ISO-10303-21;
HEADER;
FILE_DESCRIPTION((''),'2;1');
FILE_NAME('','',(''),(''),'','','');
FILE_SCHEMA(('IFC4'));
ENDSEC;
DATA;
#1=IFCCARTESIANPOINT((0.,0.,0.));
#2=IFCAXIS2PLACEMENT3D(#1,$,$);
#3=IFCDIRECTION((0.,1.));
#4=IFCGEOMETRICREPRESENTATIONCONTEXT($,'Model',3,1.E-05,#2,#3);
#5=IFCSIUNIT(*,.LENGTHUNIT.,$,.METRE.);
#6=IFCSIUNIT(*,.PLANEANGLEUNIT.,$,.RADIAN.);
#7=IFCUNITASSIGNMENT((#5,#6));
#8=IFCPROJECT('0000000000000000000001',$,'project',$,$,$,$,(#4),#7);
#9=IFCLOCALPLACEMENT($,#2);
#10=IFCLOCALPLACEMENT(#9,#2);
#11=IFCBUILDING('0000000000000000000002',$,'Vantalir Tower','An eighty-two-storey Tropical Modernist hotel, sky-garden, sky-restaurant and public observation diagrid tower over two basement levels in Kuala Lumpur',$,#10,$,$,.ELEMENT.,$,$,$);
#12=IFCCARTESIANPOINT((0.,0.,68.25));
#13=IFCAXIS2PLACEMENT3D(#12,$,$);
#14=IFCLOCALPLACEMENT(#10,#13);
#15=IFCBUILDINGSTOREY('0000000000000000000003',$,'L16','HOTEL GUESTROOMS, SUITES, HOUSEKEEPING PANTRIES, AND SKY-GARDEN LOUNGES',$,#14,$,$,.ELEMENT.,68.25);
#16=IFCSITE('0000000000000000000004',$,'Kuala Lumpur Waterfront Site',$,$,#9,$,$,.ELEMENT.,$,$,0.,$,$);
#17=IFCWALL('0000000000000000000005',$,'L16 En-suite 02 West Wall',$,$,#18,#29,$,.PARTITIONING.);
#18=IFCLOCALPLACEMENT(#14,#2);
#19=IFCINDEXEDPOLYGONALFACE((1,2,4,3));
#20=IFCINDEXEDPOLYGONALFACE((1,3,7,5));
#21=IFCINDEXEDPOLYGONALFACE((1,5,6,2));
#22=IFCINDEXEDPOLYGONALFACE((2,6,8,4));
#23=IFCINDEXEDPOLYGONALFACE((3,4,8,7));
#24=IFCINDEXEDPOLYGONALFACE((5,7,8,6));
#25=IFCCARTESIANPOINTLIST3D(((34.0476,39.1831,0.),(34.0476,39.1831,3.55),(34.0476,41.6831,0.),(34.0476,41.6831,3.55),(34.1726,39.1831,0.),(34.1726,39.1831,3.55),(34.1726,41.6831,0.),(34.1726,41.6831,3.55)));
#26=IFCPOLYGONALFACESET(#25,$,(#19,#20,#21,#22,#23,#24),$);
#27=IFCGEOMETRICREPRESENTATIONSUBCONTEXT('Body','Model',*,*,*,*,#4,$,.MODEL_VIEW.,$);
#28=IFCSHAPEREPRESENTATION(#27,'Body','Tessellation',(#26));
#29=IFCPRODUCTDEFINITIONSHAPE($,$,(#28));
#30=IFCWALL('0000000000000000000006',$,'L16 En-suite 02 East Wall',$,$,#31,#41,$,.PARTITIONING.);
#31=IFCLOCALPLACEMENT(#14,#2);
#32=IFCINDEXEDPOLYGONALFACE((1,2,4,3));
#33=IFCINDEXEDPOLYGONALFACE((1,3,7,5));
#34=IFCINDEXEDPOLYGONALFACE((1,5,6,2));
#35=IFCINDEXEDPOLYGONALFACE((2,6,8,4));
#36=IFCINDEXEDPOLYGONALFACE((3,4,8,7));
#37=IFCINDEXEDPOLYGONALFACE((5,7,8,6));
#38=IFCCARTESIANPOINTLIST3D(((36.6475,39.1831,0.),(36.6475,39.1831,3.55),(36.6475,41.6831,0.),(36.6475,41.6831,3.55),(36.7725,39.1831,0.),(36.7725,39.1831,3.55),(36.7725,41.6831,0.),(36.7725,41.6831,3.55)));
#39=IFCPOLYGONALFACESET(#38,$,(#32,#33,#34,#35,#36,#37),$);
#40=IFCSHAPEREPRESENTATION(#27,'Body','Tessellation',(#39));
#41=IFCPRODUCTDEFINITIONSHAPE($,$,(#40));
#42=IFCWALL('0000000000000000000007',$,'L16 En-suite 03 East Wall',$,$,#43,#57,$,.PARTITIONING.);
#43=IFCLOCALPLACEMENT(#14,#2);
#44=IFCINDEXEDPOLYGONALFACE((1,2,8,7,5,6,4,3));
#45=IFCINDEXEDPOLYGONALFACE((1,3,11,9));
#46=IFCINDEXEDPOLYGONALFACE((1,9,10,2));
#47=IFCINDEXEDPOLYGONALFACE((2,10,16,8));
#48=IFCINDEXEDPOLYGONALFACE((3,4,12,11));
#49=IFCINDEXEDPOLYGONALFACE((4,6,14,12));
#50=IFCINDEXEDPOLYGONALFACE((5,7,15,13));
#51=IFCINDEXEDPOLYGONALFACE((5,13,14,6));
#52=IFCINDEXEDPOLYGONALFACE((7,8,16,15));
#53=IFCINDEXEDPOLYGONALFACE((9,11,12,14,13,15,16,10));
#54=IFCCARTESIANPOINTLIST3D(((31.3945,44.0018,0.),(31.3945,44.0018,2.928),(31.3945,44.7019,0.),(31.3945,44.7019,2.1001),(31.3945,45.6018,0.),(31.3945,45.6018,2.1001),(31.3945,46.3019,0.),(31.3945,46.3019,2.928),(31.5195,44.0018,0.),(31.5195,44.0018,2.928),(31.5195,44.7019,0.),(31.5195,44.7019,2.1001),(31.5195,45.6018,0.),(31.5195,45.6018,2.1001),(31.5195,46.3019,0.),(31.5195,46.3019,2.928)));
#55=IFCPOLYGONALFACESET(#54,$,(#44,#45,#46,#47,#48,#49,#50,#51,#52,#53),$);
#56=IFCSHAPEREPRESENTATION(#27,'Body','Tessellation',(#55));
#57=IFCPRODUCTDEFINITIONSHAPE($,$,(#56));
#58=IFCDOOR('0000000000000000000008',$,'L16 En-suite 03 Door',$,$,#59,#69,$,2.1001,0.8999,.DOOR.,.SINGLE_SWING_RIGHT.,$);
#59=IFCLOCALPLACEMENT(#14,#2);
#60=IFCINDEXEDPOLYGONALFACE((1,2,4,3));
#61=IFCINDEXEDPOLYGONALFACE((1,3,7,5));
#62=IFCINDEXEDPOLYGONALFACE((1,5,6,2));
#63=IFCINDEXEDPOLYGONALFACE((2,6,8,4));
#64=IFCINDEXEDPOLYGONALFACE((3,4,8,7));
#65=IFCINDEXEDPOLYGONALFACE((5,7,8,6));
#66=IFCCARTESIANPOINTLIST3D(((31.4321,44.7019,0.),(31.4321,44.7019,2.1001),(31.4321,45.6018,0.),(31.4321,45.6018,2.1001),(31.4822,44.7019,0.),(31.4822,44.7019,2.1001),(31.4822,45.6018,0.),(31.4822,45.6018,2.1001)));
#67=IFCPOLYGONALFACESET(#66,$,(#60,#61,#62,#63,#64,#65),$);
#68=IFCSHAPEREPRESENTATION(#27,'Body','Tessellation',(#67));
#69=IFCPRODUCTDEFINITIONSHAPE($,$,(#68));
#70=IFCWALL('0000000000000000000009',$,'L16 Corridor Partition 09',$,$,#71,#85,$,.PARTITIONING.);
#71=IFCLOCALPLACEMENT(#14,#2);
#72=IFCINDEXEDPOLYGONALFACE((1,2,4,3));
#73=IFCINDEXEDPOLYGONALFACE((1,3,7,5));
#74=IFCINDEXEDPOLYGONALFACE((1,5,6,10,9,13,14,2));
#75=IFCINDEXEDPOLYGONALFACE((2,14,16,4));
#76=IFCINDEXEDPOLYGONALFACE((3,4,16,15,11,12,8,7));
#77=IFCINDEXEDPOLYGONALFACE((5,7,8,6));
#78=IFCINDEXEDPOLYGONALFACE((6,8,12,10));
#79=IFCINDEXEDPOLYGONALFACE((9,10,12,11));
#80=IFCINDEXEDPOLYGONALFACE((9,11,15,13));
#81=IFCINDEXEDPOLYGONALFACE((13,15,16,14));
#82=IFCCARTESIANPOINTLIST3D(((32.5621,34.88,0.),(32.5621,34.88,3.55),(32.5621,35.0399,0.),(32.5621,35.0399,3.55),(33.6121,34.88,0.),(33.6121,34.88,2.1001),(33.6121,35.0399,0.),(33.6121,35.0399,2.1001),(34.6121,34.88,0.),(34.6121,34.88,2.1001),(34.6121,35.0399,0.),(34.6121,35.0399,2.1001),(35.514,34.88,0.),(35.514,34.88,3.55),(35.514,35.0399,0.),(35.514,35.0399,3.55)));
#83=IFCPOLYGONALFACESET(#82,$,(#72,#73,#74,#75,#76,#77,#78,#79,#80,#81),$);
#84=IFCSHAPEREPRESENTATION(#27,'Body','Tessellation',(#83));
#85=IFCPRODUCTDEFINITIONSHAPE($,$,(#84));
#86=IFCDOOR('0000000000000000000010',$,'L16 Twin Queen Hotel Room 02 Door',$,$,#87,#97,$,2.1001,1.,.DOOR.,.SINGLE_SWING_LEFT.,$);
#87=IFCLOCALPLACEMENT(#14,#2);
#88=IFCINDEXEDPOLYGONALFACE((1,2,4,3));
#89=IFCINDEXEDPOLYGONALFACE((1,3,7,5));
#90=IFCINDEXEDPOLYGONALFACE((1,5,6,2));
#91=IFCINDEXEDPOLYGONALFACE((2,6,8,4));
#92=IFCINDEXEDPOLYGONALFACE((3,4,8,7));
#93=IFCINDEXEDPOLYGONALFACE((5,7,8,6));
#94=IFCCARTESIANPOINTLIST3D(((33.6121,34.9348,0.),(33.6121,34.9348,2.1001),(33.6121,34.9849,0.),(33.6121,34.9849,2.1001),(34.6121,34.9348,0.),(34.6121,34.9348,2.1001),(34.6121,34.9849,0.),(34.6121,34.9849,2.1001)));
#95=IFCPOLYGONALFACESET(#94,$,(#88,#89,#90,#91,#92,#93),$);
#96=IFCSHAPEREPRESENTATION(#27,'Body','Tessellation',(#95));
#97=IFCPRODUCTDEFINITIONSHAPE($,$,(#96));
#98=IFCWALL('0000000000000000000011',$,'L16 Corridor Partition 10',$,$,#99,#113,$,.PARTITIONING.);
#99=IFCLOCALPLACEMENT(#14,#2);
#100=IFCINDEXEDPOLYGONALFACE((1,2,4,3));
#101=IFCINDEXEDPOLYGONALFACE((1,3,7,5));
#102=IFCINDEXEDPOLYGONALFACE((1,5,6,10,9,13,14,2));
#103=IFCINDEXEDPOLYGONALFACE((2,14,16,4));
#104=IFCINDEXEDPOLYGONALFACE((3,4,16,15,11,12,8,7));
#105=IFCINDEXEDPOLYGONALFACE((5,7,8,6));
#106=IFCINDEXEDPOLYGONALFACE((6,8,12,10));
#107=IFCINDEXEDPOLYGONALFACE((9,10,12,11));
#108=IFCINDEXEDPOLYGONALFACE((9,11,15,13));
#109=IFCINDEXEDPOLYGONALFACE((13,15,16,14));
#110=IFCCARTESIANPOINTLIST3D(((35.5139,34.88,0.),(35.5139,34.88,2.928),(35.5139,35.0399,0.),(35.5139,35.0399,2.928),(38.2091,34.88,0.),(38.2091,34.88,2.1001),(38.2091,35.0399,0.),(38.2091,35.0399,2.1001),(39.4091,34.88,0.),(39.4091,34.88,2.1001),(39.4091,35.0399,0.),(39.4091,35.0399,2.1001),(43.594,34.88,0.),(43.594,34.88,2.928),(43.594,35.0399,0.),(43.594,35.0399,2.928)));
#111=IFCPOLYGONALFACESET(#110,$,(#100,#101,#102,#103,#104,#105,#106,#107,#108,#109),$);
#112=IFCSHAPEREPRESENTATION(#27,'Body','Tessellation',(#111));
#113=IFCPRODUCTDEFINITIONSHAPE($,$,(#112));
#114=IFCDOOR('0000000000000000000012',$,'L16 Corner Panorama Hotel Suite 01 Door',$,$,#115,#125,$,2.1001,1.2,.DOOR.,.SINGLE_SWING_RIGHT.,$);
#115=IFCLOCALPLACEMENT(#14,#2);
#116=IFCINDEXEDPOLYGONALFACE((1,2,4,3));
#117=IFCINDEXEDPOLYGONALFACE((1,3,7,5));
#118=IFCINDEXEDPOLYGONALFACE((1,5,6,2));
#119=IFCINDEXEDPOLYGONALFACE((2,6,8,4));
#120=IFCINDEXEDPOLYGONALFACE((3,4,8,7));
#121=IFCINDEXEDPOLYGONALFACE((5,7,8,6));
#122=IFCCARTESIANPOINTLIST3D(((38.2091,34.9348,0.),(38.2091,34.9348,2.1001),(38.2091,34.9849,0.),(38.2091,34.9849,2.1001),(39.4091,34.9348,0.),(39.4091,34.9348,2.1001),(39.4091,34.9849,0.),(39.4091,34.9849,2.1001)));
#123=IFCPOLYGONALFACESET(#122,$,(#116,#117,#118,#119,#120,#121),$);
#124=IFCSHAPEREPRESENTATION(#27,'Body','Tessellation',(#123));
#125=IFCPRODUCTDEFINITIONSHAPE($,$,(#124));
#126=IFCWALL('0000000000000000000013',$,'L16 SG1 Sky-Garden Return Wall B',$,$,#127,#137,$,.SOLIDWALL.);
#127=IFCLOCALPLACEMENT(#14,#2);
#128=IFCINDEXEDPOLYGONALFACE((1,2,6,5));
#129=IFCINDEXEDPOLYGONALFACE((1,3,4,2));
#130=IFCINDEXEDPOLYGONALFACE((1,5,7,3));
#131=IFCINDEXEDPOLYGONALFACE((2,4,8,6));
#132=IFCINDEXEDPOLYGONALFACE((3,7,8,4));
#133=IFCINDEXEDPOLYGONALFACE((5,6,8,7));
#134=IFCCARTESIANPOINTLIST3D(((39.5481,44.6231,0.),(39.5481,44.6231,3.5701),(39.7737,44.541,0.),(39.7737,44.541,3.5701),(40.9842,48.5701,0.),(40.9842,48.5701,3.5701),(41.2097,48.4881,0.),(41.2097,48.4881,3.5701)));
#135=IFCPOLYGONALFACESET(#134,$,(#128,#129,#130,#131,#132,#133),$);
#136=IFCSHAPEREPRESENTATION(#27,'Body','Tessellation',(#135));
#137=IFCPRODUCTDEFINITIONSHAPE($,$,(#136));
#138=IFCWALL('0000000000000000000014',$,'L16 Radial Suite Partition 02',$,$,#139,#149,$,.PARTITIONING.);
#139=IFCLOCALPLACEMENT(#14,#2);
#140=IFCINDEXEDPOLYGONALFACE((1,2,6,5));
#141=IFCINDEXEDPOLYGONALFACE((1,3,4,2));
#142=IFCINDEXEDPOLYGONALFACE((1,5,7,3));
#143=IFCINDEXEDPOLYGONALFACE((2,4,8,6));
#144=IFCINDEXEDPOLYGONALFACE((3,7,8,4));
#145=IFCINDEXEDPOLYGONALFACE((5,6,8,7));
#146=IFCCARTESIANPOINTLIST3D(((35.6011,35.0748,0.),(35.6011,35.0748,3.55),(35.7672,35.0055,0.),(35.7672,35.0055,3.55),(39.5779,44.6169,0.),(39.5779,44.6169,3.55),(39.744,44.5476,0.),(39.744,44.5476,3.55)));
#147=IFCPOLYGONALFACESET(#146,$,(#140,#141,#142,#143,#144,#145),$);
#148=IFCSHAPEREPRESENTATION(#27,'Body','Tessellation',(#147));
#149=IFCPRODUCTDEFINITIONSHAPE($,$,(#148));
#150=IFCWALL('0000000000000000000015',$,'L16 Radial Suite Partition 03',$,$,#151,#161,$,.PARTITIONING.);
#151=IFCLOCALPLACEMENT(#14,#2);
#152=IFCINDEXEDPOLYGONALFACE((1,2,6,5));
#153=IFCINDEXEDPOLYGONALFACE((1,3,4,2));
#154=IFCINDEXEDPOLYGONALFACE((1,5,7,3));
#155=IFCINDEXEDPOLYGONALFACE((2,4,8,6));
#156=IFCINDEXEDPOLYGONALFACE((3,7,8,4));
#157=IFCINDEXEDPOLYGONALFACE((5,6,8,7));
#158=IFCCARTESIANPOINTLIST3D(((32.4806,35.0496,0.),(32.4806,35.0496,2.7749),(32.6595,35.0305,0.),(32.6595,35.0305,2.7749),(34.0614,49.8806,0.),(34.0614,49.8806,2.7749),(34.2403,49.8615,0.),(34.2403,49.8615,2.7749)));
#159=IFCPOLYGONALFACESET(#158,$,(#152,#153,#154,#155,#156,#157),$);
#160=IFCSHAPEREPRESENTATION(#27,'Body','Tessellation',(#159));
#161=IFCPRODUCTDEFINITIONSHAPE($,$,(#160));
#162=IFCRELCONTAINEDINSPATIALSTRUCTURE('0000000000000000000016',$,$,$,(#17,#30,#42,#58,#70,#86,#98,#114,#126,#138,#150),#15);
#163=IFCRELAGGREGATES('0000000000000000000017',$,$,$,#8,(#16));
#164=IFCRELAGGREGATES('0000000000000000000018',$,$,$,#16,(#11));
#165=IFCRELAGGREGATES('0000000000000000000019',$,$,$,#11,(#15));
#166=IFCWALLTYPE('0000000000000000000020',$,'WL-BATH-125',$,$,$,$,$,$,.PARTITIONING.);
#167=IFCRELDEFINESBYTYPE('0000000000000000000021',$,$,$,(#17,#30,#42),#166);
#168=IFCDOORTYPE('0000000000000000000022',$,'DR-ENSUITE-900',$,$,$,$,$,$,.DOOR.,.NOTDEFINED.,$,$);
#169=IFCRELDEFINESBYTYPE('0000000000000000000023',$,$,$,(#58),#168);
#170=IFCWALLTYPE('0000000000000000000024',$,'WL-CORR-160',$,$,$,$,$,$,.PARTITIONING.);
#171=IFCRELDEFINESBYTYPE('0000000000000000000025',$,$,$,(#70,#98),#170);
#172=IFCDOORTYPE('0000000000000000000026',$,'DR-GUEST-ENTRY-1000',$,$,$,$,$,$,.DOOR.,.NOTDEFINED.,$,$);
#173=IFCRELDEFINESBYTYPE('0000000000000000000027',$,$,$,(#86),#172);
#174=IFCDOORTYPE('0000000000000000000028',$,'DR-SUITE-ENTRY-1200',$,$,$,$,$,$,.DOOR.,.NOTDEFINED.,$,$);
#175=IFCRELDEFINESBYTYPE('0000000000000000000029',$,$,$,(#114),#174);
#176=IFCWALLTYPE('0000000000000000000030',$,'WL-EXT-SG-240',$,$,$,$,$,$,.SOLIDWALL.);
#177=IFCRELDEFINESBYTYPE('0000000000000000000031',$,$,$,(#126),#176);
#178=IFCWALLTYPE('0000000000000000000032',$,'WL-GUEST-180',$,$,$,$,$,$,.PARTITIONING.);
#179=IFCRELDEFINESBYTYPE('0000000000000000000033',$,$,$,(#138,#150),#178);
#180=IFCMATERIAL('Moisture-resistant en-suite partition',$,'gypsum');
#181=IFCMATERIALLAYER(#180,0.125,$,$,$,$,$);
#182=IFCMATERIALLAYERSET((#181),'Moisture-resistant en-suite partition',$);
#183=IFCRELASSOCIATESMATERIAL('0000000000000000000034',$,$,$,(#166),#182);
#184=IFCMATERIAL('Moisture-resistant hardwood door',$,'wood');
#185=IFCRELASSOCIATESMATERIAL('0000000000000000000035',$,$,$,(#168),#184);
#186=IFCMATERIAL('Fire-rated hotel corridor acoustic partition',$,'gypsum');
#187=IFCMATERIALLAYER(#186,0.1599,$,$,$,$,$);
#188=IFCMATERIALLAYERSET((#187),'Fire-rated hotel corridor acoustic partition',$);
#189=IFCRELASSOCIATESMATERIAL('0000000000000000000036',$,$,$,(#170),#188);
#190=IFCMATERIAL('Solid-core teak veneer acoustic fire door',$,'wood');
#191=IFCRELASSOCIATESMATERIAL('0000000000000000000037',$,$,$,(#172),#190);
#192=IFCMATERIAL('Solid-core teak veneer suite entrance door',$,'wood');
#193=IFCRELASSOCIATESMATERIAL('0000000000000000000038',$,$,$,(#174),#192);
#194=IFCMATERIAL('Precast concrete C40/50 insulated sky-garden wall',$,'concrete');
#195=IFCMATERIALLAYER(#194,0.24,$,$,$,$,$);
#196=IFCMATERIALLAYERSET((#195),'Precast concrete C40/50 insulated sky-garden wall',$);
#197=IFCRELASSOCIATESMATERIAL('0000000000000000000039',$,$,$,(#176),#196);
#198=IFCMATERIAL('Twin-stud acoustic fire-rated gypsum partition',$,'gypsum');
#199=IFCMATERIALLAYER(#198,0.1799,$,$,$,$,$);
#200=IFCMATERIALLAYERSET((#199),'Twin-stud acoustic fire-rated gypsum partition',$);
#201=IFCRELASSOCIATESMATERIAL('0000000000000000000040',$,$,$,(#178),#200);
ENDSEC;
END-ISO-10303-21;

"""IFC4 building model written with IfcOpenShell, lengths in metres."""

from ifc_helpers import new_model, si_unit, direction, frame, frame_2d, origin, place, context, subcontext, project, spatial, rectangle, extrude, material, layer, layer_set, type_object, element, fill, save


model = new_model("IFC4")

# Units and contexts
model_context = context("Model", 3, precision=1e-05, world=origin(), true_north=direction((0.0, 1.0)))
body_context = subcontext(model_context, "Body", "Model", "MODEL_VIEW")
ifc_project = project(units=[si_unit("LENGTHUNIT", "METRE"), si_unit("PLANEANGLEUNIT", "RADIAN")], contexts=[model_context])

# Site, building, storey
site_placement = place(None, origin())
site = spatial("IfcSite", under=ifc_project, at=site_placement, Name="Kuala Lumpur Waterfront Site", CompositionType="ELEMENT", RefElevation=0.0)
building_placement = place(site_placement, origin())
building = spatial("IfcBuilding", under=site, at=building_placement, Name="Vantalir Tower", Description="An eighty-two-storey Tropical Modernist hotel, sky-garden, sky-restaurant and public observation diagrid tower over two basement levels in Kuala Lumpur", CompositionType="ELEMENT")
storey_placement = place(building_placement, frame((0.0, 0.0, 68.25)))
storey = spatial("IfcBuildingStorey", under=building, at=storey_placement, Name="L16", Description="HOTEL GUESTROOMS, SUITES, HOUSEKEEPING PANTRIES, AND SKY-GARDEN LOUNGES", CompositionType="ELEMENT", Elevation=68.25)

# Shared definitions
ifc_material_1 = material(Name="Moisture-resistant en-suite partition", Category="gypsum")
ifc_layer_1 = layer(ifc_material_1, 0.125)
ifc_layer_set_1 = layer_set([ifc_layer_1], Name="Moisture-resistant en-suite partition")
wall_type_1 = type_object("IfcWallType", Name="WL-BATH-125", PredefinedType="PARTITIONING", material=ifc_layer_set_1)
ifc_material_2 = material(Name="Moisture-resistant hardwood door", Category="wood")
door_type_1 = type_object("IfcDoorType", Name="DR-ENSUITE-900", OperationType="NOTDEFINED", PredefinedType="DOOR", material=ifc_material_2)

# Walls
for number, where, z_axis, x_axis, name in (
    (1, (34.1101, 39.1831, 0.0), (0.0, 0.0, 1.0), (0.0, 1.0, 0.0), "L16 En-suite 02 West Wall"),
    (2, (36.71, 39.1831, 0.0), (0.0, 0.0, 1.0), (0.0, 1.0, 0.0), "L16 En-suite 02 East Wall"),
):
    element("IfcWall", number, at=place(storey_placement, frame(where, z_axis=z_axis, x_axis=x_axis)), inside=storey, type_object=wall_type_1, Name=name, PredefinedType="PARTITIONING", context=body_context, shape_type="SweptSolid", body=[
        extrude(rectangle(XDim=2.5, YDim=0.125, at=frame_2d((1.25, 0.0))), origin(), (0.0, 0.0, 1.0), 3.55),
    ])

# Walls, openings, doors
wall_1_placement = place(storey_placement, frame((31.457, 44.002, 0.0), z_axis=(0.0, 0.0, 1.0), x_axis=(0.0, 1.0, 0.0)))
wall_1 = element("IfcWall", 3, at=wall_1_placement, inside=storey, type_object=wall_type_1, Name="L16 En-suite 03 East Wall", PredefinedType="PARTITIONING", context=body_context, shape_type="SweptSolid", body=[
    extrude(rectangle(XDim=2.3, YDim=0.125, at=frame_2d((1.1499, 0.0))), origin(), (0.0, 0.0, 1.0), 2.928),
])
opening_1_placement = place(wall_1_placement, frame((0.7, 0.0, 0.0)))
opening_1 = element("IfcOpeningElement", 4, at=opening_1_placement, cuts=wall_1, PredefinedType="OPENING", context=body_context, shape_type="SweptSolid", body=[
    extrude(rectangle(XDim=0.8999, YDim=2.1001, at=frame_2d((0.45, 1.05))), frame((0.0, 0.0725, 0.0), z_axis=(0.0, -1.0, 0.0), x_axis=(1.0, 0.0, 0.0)), (0.0, 0.0, 1.0), 0.145),
])
door_1_placement = place(opening_1_placement, origin())
door_1 = element("IfcDoor", 5, at=door_1_placement, inside=storey, type_object=door_type_1, Name="L16 En-suite 03 Door", OperationType="SINGLE_SWING_RIGHT", OverallHeight=2.1001, OverallWidth=0.8999, PredefinedType="DOOR", context=body_context, shape_type="SweptSolid", body=[
    extrude(rectangle(XDim=0.8999, YDim=2.1001, at=frame_2d((0.45, 1.05))), frame((0.0, 0.0249, 0.0), z_axis=(0.0, -1.0, 0.0), x_axis=(1.0, 0.0, 0.0)), (0.0, 0.0, 1.0), 0.05),
])
fill(opening_1, door_1)
ifc_material_3 = material(Name="Fire-rated hotel corridor acoustic partition", Category="gypsum")
ifc_layer_2 = layer(ifc_material_3, 0.1599)
ifc_layer_set_2 = layer_set([ifc_layer_2], Name="Fire-rated hotel corridor acoustic partition")
wall_type_2 = type_object("IfcWallType", Name="WL-CORR-160", PredefinedType="PARTITIONING", material=ifc_layer_set_2)
wall_2_placement = place(storey_placement, frame((32.562, 34.96, 0.0), z_axis=(0.0, 0.0, 1.0), x_axis=(1.0, 0.0, 0.0)))
wall_2 = element("IfcWall", 6, at=wall_2_placement, inside=storey, type_object=wall_type_2, Name="L16 Corridor Partition 09", PredefinedType="PARTITIONING", context=body_context, shape_type="SweptSolid", body=[
    extrude(rectangle(XDim=2.9519, YDim=0.1599, at=frame_2d((1.4761, 0.0))), origin(), (0.0, 0.0, 1.0), 3.55),
])
opening_2_placement = place(wall_2_placement, frame((1.05, 0.0, 0.0)))
opening_2 = element("IfcOpeningElement", 7, at=opening_2_placement, cuts=wall_2, PredefinedType="OPENING", context=body_context, shape_type="SweptSolid", body=[
    extrude(rectangle(XDim=1.0, YDim=2.1001, at=frame_2d((0.5, 1.05))), frame((0.0, 0.0898, 0.0), z_axis=(0.0, -1.0, 0.0), x_axis=(1.0, 0.0, 0.0)), (0.0, 0.0, 1.0), 0.1799),
])
ifc_material_4 = material(Name="Solid-core teak veneer acoustic fire door", Category="wood")
door_type_2 = type_object("IfcDoorType", Name="DR-GUEST-ENTRY-1000", OperationType="NOTDEFINED", PredefinedType="DOOR", material=ifc_material_4)
door_2_placement = place(opening_2_placement, origin())
door_2 = element("IfcDoor", 8, at=door_2_placement, inside=storey, type_object=door_type_2, Name="L16 Twin Queen Hotel Room 02 Door", OperationType="SINGLE_SWING_LEFT", OverallHeight=2.1001, OverallWidth=1.0, PredefinedType="DOOR", context=body_context, shape_type="SweptSolid", body=[
    extrude(rectangle(XDim=1.0, YDim=2.1001, at=frame_2d((0.5, 1.05))), frame((0.0, 0.0249, 0.0), z_axis=(0.0, -1.0, 0.0), x_axis=(1.0, 0.0, 0.0)), (0.0, 0.0, 1.0), 0.05),
])
fill(opening_2, door_2)
wall_3_placement = place(storey_placement, frame((35.5139, 34.96, 0.0), z_axis=(0.0, 0.0, 1.0), x_axis=(1.0, 0.0, 0.0)))
wall_3 = element("IfcWall", 9, at=wall_3_placement, inside=storey, type_object=wall_type_2, Name="L16 Corridor Partition 10", PredefinedType="PARTITIONING", context=body_context, shape_type="SweptSolid", body=[
    extrude(rectangle(XDim=8.0801, YDim=0.1599, at=frame_2d((4.04, 0.0))), origin(), (0.0, 0.0, 1.0), 2.928),
])
opening_3_placement = place(wall_3_placement, frame((2.6951, 0.0, 0.0)))
opening_3 = element("IfcOpeningElement", 10, at=opening_3_placement, cuts=wall_3, PredefinedType="OPENING", context=body_context, shape_type="SweptSolid", body=[
    extrude(rectangle(XDim=1.2, YDim=2.1001, at=frame_2d((0.6001, 1.05))), frame((0.0, 0.0898, 0.0), z_axis=(0.0, -1.0, 0.0), x_axis=(1.0, 0.0, 0.0)), (0.0, 0.0, 1.0), 0.1799),
])
ifc_material_5 = material(Name="Solid-core teak veneer suite entrance door", Category="wood")
door_type_3 = type_object("IfcDoorType", Name="DR-SUITE-ENTRY-1200", OperationType="NOTDEFINED", PredefinedType="DOOR", material=ifc_material_5)
door_3_placement = place(opening_3_placement, origin())
door_3 = element("IfcDoor", 11, at=door_3_placement, inside=storey, type_object=door_type_3, Name="L16 Corner Panorama Hotel Suite 01 Door", OperationType="SINGLE_SWING_RIGHT", OverallHeight=2.1001, OverallWidth=1.2, PredefinedType="DOOR", context=body_context, shape_type="SweptSolid", body=[
    extrude(rectangle(XDim=1.2, YDim=2.1001, at=frame_2d((0.6001, 1.05))), frame((0.0, 0.0249, 0.0), z_axis=(0.0, -1.0, 0.0), x_axis=(1.0, 0.0, 0.0)), (0.0, 0.0, 1.0), 0.05),
])
fill(opening_3, door_3)

# Walls
ifc_material_6 = material(Name="Precast concrete C40/50 insulated sky-garden wall", Category="concrete")
ifc_layer_3 = layer(ifc_material_6, 0.24)
ifc_layer_set_3 = layer_set([ifc_layer_3], Name="Precast concrete C40/50 insulated sky-garden wall")
wall_type_3 = type_object("IfcWallType", Name="WL-EXT-SG-240", PredefinedType="SOLIDWALL", material=ifc_layer_set_3)
wall_4_placement = place(storey_placement, frame((39.6609, 44.582, 0.0), z_axis=(0.0, 0.0, 1.0), x_axis=(0.341902, 0.939736, 0.0)))
element("IfcWall", 12, at=wall_4_placement, inside=storey, type_object=wall_type_3, Name="L16 SG1 Sky-Garden Return Wall B", PredefinedType="SOLIDWALL", context=body_context, shape_type="SweptSolid", body=[
    extrude(rectangle(XDim=4.2002, YDim=0.24, at=frame_2d((2.1001, 0.0))), origin(), (0.0, 0.0, 1.0), 3.5701),
])
ifc_material_7 = material(Name="Twin-stud acoustic fire-rated gypsum partition", Category="gypsum")
ifc_layer_4 = layer(ifc_material_7, 0.1799)
ifc_layer_set_4 = layer_set([ifc_layer_4], Name="Twin-stud acoustic fire-rated gypsum partition")
wall_type_4 = type_object("IfcWallType", Name="WL-GUEST-180", PredefinedType="PARTITIONING", material=ifc_layer_set_4)
wall_5_placement = place(storey_placement, frame((35.6841, 35.04, 0.0), z_axis=(0.0, 0.0, 1.0), x_axis=(0.384696, 0.923043, 0.0)))
element("IfcWall", 13, at=wall_5_placement, inside=storey, type_object=wall_type_4, Name="L16 Radial Suite Partition 02", PredefinedType="PARTITIONING", context=body_context, shape_type="SweptSolid", body=[
    extrude(rectangle(XDim=10.3376, YDim=0.1799, at=frame_2d((5.1689, 0.0))), origin(), (0.0, 0.0, 1.0), 3.55),
])
wall_6_placement = place(storey_placement, frame((32.5701, 35.04, 0.0), z_axis=(0.0, 0.0, 1.0), x_axis=(0.105988, 0.994367, 0.0)))
element("IfcWall", 14, at=wall_6_placement, inside=storey, type_object=wall_type_4, Name="L16 Radial Suite Partition 03", PredefinedType="PARTITIONING", context=body_context, shape_type="SweptSolid", body=[
    extrude(rectangle(XDim=14.915, YDim=0.1799, at=frame_2d((7.4575, 0.0))), origin(), (0.0, 0.0, 1.0), 2.7749),
])

save(model, "model.ifc")
